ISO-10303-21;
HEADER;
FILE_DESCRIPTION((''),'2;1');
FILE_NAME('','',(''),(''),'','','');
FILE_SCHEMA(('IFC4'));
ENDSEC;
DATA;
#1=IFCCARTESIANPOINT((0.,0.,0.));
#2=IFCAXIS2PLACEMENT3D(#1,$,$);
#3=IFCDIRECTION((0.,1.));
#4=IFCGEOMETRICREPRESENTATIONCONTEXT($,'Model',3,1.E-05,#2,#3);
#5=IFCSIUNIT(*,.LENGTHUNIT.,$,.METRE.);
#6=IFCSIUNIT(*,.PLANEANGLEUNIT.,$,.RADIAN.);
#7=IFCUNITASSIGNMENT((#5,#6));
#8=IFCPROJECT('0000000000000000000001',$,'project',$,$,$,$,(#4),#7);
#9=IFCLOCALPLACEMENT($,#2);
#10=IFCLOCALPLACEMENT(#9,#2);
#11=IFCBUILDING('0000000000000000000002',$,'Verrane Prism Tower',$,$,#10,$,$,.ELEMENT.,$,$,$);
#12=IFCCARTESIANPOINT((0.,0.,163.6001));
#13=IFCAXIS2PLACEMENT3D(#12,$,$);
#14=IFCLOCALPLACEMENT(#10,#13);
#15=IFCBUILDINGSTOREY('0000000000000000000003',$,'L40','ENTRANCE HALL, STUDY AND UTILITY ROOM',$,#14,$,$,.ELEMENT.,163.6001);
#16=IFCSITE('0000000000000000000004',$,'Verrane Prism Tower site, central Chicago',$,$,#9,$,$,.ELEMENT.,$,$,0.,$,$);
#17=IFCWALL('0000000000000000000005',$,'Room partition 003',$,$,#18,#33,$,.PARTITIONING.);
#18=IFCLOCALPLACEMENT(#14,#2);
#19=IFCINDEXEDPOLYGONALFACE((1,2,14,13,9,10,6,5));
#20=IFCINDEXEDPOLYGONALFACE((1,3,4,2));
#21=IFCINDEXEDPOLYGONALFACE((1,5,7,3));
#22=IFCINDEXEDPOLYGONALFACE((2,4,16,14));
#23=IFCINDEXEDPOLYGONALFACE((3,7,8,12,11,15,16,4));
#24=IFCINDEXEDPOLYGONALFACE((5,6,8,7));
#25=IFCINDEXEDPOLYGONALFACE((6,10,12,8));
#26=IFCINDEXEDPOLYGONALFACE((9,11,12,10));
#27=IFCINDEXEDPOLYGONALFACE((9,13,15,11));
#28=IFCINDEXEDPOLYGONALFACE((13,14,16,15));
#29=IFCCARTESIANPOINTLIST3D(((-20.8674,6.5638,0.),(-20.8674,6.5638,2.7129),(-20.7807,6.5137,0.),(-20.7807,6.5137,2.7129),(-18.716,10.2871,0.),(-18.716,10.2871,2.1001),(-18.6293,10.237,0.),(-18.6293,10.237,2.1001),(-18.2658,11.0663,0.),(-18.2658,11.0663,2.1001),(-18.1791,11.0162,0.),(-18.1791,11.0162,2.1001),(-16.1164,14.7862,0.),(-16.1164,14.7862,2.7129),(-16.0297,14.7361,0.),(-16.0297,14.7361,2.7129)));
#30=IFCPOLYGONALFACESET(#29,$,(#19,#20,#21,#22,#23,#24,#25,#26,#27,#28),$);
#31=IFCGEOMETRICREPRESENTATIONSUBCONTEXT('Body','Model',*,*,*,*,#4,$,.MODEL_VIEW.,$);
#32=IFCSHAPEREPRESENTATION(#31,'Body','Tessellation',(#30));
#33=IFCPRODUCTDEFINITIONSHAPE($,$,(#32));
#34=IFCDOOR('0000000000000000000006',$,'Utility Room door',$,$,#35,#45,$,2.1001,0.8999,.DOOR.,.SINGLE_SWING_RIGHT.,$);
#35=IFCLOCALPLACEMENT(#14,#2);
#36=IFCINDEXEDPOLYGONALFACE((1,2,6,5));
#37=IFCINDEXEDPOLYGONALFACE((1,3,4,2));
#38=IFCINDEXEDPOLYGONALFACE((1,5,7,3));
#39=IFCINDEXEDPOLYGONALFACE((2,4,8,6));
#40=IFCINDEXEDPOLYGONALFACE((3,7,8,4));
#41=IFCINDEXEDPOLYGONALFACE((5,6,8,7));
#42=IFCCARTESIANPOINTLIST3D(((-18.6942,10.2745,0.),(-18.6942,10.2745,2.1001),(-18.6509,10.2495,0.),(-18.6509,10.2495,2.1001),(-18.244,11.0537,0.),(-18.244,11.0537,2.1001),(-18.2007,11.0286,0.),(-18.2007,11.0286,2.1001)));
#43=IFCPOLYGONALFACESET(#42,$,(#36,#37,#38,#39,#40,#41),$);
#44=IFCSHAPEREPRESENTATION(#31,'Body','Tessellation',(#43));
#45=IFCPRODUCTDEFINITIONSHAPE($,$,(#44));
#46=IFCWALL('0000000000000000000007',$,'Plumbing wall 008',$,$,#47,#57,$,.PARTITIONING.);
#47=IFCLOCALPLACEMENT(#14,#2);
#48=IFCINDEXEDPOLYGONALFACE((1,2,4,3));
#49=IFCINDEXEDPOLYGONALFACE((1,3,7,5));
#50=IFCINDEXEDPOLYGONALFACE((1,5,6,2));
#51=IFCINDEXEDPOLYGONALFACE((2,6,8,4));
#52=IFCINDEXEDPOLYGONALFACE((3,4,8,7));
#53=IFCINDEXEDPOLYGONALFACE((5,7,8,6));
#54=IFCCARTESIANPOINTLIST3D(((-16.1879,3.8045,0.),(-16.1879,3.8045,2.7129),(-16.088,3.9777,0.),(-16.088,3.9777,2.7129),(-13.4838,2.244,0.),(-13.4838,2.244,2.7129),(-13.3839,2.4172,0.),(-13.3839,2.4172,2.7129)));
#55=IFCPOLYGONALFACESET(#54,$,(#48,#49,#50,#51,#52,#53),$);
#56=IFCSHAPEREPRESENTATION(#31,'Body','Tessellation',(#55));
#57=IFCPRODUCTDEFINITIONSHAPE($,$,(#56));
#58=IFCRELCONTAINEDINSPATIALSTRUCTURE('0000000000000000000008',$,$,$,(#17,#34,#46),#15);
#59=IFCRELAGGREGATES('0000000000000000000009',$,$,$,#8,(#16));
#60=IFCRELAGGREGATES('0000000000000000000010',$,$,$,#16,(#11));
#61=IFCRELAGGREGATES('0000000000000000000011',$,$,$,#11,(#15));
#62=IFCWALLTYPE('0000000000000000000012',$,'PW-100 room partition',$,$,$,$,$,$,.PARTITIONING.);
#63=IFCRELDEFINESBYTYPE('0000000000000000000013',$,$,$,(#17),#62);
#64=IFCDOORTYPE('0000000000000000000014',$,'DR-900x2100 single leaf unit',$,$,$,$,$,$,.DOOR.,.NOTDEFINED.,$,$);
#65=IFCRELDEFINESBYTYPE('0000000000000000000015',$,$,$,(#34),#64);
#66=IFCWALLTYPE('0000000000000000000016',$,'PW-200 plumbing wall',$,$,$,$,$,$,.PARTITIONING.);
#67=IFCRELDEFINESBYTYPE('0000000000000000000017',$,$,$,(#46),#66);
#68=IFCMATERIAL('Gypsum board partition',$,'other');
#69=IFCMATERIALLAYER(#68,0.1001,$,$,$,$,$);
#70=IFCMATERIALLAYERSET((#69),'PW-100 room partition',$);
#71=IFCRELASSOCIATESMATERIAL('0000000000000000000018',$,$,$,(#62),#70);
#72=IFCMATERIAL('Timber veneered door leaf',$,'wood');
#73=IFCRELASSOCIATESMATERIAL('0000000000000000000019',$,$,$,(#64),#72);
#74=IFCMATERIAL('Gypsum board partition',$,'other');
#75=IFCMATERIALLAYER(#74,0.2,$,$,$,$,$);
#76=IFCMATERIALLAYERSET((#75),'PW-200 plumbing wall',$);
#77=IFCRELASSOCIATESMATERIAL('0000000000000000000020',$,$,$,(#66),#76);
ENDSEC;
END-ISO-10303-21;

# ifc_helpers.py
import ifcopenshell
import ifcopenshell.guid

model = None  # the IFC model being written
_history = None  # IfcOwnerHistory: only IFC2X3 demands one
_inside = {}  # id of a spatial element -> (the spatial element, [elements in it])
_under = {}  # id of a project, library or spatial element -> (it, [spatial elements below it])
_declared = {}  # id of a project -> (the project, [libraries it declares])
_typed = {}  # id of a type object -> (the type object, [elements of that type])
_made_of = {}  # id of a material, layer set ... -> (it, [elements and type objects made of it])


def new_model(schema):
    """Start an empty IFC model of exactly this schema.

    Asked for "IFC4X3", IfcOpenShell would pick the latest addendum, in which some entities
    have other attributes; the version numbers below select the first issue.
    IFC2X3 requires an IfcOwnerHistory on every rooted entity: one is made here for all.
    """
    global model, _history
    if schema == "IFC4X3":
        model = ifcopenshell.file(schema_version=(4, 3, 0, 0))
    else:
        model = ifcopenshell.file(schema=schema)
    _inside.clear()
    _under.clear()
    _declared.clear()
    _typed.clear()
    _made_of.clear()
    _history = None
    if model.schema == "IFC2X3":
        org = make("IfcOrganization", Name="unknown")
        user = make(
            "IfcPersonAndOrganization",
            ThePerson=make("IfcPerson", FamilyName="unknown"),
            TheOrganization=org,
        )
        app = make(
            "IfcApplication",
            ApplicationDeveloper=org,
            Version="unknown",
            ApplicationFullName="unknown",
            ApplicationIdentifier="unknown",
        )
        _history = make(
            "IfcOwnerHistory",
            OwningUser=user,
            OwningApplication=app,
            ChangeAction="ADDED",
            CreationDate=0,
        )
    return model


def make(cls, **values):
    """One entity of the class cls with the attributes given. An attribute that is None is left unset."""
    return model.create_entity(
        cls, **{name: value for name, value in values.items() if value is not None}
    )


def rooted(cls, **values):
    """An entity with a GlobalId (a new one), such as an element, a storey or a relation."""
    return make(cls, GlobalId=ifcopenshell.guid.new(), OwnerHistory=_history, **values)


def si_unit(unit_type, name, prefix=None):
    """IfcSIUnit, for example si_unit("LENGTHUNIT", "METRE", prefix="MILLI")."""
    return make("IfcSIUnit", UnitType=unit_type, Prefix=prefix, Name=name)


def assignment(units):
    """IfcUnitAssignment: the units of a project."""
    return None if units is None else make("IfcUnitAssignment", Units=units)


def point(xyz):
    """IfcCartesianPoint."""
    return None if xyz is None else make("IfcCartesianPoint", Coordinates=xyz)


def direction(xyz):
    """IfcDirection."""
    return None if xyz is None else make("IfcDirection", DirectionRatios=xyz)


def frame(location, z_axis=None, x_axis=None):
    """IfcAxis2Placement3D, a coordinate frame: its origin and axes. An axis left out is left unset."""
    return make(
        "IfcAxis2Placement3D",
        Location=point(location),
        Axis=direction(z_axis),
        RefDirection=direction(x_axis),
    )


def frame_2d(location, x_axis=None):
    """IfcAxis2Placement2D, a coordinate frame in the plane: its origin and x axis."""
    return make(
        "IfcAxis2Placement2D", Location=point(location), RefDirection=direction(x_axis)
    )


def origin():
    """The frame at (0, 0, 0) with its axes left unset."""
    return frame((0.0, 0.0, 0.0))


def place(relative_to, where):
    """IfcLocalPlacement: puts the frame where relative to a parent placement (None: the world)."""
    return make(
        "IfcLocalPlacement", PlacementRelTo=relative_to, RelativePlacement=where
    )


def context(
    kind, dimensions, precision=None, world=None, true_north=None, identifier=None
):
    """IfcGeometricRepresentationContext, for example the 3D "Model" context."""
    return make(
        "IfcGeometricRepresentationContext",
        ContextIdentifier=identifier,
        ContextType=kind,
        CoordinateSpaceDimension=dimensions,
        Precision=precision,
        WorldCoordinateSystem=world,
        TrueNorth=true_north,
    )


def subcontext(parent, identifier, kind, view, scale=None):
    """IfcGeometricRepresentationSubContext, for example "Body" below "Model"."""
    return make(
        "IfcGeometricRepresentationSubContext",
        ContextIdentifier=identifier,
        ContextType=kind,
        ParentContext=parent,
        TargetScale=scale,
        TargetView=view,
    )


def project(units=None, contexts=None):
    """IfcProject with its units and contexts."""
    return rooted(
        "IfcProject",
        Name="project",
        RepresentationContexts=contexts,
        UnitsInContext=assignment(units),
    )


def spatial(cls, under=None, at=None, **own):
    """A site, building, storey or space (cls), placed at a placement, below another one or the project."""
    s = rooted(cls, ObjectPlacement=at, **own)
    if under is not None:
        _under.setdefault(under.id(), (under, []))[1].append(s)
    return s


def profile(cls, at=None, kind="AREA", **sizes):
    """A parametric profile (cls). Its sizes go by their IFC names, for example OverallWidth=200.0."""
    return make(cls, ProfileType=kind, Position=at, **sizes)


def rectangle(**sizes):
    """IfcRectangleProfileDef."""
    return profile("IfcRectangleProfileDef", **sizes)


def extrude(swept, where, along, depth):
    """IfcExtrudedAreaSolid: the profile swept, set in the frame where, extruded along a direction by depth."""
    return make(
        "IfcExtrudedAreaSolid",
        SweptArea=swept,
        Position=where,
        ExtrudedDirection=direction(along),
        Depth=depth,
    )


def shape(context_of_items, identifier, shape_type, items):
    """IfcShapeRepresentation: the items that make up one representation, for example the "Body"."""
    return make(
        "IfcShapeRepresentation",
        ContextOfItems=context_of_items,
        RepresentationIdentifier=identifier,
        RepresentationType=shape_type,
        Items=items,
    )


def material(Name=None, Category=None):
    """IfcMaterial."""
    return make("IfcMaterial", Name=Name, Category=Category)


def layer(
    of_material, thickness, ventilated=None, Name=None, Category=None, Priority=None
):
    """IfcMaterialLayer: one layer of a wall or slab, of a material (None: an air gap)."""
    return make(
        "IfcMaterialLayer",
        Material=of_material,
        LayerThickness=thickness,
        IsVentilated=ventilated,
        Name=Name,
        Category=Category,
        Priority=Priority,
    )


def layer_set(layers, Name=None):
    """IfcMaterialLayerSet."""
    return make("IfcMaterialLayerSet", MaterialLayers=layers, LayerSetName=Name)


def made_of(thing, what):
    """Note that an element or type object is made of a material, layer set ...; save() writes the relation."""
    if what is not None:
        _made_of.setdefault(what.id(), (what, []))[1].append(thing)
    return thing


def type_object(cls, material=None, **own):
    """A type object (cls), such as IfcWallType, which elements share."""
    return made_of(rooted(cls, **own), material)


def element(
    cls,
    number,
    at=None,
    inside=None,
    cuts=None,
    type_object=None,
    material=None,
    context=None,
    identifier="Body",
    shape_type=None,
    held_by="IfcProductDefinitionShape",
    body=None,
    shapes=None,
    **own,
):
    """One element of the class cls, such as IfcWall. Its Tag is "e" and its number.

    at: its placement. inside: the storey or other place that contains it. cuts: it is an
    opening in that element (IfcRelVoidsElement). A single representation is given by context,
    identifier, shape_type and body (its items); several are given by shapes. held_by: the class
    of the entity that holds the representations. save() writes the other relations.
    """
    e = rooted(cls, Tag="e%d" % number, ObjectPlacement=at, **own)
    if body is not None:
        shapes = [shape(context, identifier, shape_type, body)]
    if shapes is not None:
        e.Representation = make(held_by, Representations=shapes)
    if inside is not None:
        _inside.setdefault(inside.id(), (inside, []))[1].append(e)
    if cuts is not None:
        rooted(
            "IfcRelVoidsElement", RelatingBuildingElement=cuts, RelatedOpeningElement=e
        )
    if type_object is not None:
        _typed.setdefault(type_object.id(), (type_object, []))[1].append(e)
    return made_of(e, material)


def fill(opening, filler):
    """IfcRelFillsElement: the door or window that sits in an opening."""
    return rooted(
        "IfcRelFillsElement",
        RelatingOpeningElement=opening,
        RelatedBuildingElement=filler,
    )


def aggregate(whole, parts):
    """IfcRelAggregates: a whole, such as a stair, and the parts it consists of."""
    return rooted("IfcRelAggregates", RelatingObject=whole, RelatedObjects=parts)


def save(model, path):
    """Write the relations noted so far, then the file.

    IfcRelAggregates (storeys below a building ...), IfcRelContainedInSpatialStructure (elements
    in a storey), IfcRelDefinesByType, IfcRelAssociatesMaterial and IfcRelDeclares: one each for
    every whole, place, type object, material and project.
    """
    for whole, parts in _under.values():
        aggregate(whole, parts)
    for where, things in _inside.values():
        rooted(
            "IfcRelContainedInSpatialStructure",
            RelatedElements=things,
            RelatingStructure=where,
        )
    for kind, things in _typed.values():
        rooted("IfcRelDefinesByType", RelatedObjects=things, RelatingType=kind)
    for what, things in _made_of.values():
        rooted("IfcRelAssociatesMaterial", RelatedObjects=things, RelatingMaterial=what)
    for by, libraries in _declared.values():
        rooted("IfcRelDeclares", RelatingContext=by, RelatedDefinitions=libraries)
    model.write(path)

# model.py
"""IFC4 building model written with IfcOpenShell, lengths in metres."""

from ifc_helpers import new_model, si_unit, direction, frame, frame_2d, origin, place, context, subcontext, project, spatial, rectangle, extrude, material, layer, layer_set, type_object, element, fill, save


model = new_model("IFC4")

# Units and contexts
model_context = context("Model", 3, precision=1e-05, world=origin(), true_north=direction((0.0, 1.0)))
body_context = subcontext(model_context, "Body", "Model", "MODEL_VIEW")
ifc_project = project(units=[si_unit("LENGTHUNIT", "METRE"), si_unit("PLANEANGLEUNIT", "RADIAN")], contexts=[model_context])

# Site, building, storey
site_placement = place(None, origin())
site = spatial("IfcSite", under=ifc_project, at=site_placement, Name="Verrane Prism Tower site, central Chicago", CompositionType="ELEMENT", RefElevation=0.0)
building_placement = place(site_placement, origin())
building = spatial("IfcBuilding", under=site, at=building_placement, Name="Verrane Prism Tower", CompositionType="ELEMENT")
storey_placement = place(building_placement, frame((0.0, 0.0, 163.6001)))
storey = spatial("IfcBuildingStorey", under=building, at=storey_placement, Name="L40", Description="ENTRANCE HALL, STUDY AND UTILITY ROOM", CompositionType="ELEMENT", Elevation=163.6001)

# Shared definitions
ifc_material_1 = material(Name="Gypsum board partition", Category="other")
ifc_layer_1 = layer(ifc_material_1, 0.1001)
ifc_layer_set_1 = layer_set([ifc_layer_1], Name="PW-100 room partition")
wall_type_1 = type_object("IfcWallType", Name="PW-100 room partition", PredefinedType="PARTITIONING", material=ifc_layer_set_1)

# Wall, opening, door
ifc_material_2 = material(Name="Timber veneered door leaf", Category="wood")
door_type_1 = type_object("IfcDoorType", Name="DR-900x2100 single leaf unit", OperationType="NOTDEFINED", PredefinedType="DOOR", material=ifc_material_2)
wall_1_placement = place(storey_placement, frame((-20.824, 6.5388, 0.0), z_axis=(0.0, 0.0, 1.0), x_axis=(0.500297, 0.865854, 0.0)))
wall_1 = element("IfcWall", 1, at=wall_1_placement, inside=storey, type_object=wall_type_1, Name="Room partition 003", PredefinedType="PARTITIONING", context=body_context, shape_type="SweptSolid", body=[
    extrude(rectangle(XDim=9.4963, YDim=0.1001, at=frame_2d((4.748, 0.0))), origin(), (0.0, 0.0, 1.0), 2.7129),
])
opening_1_placement = place(wall_1_placement, frame((4.3, 0.0, 0.0)))
opening_1 = element("IfcOpeningElement", 2, at=opening_1_placement, cuts=wall_1, PredefinedType="OPENING", context=body_context, shape_type="SweptSolid", body=[
    extrude(rectangle(XDim=0.8999, YDim=2.1001, at=frame_2d((0.45, 1.05))), frame((0.0, 0.0601, 0.0), z_axis=(0.0, -1.0, 0.0), x_axis=(1.0, 0.0, 0.0)), (0.0, 0.0, 1.0), 0.1201),
])
door_1_placement = place(opening_1_placement, origin())
door_1 = element("IfcDoor", 3, at=door_1_placement, inside=storey, type_object=door_type_1, Name="Utility Room door", OperationType="SINGLE_SWING_RIGHT", OverallHeight=2.1001, OverallWidth=0.8999, PredefinedType="DOOR", context=body_context, shape_type="SweptSolid", body=[
    extrude(rectangle(XDim=0.8999, YDim=2.1001, at=frame_2d((0.45, 1.05))), frame((0.0, 0.0249, 0.0), z_axis=(0.0, -1.0, 0.0), x_axis=(1.0, 0.0, 0.0)), (0.0, 0.0, 1.0), 0.05),
])
fill(opening_1, door_1)

# Wall
ifc_material_3 = material(Name="Gypsum board partition", Category="other")
ifc_layer_2 = layer(ifc_material_3, 0.2)
ifc_layer_set_2 = layer_set([ifc_layer_2], Name="PW-200 plumbing wall")
wall_type_2 = type_object("IfcWallType", Name="PW-200 plumbing wall", PredefinedType="PARTITIONING", material=ifc_layer_set_2)
wall_2_placement = place(storey_placement, frame((-16.1379, 3.8911, 0.0), z_axis=(0.0, 0.0, 1.0), x_axis=(0.866118, -0.49984, 0.0)))
element("IfcWall", 4, at=wall_2_placement, inside=storey, type_object=wall_type_2, Name="Plumbing wall 008", PredefinedType="PARTITIONING", context=body_context, shape_type="SweptSolid", body=[
    extrude(rectangle(XDim=3.1221, YDim=0.2, at=frame_2d((1.561, 0.0))), origin(), (0.0, 0.0, 1.0), 2.7129),
])

save(model, "model.ifc")
